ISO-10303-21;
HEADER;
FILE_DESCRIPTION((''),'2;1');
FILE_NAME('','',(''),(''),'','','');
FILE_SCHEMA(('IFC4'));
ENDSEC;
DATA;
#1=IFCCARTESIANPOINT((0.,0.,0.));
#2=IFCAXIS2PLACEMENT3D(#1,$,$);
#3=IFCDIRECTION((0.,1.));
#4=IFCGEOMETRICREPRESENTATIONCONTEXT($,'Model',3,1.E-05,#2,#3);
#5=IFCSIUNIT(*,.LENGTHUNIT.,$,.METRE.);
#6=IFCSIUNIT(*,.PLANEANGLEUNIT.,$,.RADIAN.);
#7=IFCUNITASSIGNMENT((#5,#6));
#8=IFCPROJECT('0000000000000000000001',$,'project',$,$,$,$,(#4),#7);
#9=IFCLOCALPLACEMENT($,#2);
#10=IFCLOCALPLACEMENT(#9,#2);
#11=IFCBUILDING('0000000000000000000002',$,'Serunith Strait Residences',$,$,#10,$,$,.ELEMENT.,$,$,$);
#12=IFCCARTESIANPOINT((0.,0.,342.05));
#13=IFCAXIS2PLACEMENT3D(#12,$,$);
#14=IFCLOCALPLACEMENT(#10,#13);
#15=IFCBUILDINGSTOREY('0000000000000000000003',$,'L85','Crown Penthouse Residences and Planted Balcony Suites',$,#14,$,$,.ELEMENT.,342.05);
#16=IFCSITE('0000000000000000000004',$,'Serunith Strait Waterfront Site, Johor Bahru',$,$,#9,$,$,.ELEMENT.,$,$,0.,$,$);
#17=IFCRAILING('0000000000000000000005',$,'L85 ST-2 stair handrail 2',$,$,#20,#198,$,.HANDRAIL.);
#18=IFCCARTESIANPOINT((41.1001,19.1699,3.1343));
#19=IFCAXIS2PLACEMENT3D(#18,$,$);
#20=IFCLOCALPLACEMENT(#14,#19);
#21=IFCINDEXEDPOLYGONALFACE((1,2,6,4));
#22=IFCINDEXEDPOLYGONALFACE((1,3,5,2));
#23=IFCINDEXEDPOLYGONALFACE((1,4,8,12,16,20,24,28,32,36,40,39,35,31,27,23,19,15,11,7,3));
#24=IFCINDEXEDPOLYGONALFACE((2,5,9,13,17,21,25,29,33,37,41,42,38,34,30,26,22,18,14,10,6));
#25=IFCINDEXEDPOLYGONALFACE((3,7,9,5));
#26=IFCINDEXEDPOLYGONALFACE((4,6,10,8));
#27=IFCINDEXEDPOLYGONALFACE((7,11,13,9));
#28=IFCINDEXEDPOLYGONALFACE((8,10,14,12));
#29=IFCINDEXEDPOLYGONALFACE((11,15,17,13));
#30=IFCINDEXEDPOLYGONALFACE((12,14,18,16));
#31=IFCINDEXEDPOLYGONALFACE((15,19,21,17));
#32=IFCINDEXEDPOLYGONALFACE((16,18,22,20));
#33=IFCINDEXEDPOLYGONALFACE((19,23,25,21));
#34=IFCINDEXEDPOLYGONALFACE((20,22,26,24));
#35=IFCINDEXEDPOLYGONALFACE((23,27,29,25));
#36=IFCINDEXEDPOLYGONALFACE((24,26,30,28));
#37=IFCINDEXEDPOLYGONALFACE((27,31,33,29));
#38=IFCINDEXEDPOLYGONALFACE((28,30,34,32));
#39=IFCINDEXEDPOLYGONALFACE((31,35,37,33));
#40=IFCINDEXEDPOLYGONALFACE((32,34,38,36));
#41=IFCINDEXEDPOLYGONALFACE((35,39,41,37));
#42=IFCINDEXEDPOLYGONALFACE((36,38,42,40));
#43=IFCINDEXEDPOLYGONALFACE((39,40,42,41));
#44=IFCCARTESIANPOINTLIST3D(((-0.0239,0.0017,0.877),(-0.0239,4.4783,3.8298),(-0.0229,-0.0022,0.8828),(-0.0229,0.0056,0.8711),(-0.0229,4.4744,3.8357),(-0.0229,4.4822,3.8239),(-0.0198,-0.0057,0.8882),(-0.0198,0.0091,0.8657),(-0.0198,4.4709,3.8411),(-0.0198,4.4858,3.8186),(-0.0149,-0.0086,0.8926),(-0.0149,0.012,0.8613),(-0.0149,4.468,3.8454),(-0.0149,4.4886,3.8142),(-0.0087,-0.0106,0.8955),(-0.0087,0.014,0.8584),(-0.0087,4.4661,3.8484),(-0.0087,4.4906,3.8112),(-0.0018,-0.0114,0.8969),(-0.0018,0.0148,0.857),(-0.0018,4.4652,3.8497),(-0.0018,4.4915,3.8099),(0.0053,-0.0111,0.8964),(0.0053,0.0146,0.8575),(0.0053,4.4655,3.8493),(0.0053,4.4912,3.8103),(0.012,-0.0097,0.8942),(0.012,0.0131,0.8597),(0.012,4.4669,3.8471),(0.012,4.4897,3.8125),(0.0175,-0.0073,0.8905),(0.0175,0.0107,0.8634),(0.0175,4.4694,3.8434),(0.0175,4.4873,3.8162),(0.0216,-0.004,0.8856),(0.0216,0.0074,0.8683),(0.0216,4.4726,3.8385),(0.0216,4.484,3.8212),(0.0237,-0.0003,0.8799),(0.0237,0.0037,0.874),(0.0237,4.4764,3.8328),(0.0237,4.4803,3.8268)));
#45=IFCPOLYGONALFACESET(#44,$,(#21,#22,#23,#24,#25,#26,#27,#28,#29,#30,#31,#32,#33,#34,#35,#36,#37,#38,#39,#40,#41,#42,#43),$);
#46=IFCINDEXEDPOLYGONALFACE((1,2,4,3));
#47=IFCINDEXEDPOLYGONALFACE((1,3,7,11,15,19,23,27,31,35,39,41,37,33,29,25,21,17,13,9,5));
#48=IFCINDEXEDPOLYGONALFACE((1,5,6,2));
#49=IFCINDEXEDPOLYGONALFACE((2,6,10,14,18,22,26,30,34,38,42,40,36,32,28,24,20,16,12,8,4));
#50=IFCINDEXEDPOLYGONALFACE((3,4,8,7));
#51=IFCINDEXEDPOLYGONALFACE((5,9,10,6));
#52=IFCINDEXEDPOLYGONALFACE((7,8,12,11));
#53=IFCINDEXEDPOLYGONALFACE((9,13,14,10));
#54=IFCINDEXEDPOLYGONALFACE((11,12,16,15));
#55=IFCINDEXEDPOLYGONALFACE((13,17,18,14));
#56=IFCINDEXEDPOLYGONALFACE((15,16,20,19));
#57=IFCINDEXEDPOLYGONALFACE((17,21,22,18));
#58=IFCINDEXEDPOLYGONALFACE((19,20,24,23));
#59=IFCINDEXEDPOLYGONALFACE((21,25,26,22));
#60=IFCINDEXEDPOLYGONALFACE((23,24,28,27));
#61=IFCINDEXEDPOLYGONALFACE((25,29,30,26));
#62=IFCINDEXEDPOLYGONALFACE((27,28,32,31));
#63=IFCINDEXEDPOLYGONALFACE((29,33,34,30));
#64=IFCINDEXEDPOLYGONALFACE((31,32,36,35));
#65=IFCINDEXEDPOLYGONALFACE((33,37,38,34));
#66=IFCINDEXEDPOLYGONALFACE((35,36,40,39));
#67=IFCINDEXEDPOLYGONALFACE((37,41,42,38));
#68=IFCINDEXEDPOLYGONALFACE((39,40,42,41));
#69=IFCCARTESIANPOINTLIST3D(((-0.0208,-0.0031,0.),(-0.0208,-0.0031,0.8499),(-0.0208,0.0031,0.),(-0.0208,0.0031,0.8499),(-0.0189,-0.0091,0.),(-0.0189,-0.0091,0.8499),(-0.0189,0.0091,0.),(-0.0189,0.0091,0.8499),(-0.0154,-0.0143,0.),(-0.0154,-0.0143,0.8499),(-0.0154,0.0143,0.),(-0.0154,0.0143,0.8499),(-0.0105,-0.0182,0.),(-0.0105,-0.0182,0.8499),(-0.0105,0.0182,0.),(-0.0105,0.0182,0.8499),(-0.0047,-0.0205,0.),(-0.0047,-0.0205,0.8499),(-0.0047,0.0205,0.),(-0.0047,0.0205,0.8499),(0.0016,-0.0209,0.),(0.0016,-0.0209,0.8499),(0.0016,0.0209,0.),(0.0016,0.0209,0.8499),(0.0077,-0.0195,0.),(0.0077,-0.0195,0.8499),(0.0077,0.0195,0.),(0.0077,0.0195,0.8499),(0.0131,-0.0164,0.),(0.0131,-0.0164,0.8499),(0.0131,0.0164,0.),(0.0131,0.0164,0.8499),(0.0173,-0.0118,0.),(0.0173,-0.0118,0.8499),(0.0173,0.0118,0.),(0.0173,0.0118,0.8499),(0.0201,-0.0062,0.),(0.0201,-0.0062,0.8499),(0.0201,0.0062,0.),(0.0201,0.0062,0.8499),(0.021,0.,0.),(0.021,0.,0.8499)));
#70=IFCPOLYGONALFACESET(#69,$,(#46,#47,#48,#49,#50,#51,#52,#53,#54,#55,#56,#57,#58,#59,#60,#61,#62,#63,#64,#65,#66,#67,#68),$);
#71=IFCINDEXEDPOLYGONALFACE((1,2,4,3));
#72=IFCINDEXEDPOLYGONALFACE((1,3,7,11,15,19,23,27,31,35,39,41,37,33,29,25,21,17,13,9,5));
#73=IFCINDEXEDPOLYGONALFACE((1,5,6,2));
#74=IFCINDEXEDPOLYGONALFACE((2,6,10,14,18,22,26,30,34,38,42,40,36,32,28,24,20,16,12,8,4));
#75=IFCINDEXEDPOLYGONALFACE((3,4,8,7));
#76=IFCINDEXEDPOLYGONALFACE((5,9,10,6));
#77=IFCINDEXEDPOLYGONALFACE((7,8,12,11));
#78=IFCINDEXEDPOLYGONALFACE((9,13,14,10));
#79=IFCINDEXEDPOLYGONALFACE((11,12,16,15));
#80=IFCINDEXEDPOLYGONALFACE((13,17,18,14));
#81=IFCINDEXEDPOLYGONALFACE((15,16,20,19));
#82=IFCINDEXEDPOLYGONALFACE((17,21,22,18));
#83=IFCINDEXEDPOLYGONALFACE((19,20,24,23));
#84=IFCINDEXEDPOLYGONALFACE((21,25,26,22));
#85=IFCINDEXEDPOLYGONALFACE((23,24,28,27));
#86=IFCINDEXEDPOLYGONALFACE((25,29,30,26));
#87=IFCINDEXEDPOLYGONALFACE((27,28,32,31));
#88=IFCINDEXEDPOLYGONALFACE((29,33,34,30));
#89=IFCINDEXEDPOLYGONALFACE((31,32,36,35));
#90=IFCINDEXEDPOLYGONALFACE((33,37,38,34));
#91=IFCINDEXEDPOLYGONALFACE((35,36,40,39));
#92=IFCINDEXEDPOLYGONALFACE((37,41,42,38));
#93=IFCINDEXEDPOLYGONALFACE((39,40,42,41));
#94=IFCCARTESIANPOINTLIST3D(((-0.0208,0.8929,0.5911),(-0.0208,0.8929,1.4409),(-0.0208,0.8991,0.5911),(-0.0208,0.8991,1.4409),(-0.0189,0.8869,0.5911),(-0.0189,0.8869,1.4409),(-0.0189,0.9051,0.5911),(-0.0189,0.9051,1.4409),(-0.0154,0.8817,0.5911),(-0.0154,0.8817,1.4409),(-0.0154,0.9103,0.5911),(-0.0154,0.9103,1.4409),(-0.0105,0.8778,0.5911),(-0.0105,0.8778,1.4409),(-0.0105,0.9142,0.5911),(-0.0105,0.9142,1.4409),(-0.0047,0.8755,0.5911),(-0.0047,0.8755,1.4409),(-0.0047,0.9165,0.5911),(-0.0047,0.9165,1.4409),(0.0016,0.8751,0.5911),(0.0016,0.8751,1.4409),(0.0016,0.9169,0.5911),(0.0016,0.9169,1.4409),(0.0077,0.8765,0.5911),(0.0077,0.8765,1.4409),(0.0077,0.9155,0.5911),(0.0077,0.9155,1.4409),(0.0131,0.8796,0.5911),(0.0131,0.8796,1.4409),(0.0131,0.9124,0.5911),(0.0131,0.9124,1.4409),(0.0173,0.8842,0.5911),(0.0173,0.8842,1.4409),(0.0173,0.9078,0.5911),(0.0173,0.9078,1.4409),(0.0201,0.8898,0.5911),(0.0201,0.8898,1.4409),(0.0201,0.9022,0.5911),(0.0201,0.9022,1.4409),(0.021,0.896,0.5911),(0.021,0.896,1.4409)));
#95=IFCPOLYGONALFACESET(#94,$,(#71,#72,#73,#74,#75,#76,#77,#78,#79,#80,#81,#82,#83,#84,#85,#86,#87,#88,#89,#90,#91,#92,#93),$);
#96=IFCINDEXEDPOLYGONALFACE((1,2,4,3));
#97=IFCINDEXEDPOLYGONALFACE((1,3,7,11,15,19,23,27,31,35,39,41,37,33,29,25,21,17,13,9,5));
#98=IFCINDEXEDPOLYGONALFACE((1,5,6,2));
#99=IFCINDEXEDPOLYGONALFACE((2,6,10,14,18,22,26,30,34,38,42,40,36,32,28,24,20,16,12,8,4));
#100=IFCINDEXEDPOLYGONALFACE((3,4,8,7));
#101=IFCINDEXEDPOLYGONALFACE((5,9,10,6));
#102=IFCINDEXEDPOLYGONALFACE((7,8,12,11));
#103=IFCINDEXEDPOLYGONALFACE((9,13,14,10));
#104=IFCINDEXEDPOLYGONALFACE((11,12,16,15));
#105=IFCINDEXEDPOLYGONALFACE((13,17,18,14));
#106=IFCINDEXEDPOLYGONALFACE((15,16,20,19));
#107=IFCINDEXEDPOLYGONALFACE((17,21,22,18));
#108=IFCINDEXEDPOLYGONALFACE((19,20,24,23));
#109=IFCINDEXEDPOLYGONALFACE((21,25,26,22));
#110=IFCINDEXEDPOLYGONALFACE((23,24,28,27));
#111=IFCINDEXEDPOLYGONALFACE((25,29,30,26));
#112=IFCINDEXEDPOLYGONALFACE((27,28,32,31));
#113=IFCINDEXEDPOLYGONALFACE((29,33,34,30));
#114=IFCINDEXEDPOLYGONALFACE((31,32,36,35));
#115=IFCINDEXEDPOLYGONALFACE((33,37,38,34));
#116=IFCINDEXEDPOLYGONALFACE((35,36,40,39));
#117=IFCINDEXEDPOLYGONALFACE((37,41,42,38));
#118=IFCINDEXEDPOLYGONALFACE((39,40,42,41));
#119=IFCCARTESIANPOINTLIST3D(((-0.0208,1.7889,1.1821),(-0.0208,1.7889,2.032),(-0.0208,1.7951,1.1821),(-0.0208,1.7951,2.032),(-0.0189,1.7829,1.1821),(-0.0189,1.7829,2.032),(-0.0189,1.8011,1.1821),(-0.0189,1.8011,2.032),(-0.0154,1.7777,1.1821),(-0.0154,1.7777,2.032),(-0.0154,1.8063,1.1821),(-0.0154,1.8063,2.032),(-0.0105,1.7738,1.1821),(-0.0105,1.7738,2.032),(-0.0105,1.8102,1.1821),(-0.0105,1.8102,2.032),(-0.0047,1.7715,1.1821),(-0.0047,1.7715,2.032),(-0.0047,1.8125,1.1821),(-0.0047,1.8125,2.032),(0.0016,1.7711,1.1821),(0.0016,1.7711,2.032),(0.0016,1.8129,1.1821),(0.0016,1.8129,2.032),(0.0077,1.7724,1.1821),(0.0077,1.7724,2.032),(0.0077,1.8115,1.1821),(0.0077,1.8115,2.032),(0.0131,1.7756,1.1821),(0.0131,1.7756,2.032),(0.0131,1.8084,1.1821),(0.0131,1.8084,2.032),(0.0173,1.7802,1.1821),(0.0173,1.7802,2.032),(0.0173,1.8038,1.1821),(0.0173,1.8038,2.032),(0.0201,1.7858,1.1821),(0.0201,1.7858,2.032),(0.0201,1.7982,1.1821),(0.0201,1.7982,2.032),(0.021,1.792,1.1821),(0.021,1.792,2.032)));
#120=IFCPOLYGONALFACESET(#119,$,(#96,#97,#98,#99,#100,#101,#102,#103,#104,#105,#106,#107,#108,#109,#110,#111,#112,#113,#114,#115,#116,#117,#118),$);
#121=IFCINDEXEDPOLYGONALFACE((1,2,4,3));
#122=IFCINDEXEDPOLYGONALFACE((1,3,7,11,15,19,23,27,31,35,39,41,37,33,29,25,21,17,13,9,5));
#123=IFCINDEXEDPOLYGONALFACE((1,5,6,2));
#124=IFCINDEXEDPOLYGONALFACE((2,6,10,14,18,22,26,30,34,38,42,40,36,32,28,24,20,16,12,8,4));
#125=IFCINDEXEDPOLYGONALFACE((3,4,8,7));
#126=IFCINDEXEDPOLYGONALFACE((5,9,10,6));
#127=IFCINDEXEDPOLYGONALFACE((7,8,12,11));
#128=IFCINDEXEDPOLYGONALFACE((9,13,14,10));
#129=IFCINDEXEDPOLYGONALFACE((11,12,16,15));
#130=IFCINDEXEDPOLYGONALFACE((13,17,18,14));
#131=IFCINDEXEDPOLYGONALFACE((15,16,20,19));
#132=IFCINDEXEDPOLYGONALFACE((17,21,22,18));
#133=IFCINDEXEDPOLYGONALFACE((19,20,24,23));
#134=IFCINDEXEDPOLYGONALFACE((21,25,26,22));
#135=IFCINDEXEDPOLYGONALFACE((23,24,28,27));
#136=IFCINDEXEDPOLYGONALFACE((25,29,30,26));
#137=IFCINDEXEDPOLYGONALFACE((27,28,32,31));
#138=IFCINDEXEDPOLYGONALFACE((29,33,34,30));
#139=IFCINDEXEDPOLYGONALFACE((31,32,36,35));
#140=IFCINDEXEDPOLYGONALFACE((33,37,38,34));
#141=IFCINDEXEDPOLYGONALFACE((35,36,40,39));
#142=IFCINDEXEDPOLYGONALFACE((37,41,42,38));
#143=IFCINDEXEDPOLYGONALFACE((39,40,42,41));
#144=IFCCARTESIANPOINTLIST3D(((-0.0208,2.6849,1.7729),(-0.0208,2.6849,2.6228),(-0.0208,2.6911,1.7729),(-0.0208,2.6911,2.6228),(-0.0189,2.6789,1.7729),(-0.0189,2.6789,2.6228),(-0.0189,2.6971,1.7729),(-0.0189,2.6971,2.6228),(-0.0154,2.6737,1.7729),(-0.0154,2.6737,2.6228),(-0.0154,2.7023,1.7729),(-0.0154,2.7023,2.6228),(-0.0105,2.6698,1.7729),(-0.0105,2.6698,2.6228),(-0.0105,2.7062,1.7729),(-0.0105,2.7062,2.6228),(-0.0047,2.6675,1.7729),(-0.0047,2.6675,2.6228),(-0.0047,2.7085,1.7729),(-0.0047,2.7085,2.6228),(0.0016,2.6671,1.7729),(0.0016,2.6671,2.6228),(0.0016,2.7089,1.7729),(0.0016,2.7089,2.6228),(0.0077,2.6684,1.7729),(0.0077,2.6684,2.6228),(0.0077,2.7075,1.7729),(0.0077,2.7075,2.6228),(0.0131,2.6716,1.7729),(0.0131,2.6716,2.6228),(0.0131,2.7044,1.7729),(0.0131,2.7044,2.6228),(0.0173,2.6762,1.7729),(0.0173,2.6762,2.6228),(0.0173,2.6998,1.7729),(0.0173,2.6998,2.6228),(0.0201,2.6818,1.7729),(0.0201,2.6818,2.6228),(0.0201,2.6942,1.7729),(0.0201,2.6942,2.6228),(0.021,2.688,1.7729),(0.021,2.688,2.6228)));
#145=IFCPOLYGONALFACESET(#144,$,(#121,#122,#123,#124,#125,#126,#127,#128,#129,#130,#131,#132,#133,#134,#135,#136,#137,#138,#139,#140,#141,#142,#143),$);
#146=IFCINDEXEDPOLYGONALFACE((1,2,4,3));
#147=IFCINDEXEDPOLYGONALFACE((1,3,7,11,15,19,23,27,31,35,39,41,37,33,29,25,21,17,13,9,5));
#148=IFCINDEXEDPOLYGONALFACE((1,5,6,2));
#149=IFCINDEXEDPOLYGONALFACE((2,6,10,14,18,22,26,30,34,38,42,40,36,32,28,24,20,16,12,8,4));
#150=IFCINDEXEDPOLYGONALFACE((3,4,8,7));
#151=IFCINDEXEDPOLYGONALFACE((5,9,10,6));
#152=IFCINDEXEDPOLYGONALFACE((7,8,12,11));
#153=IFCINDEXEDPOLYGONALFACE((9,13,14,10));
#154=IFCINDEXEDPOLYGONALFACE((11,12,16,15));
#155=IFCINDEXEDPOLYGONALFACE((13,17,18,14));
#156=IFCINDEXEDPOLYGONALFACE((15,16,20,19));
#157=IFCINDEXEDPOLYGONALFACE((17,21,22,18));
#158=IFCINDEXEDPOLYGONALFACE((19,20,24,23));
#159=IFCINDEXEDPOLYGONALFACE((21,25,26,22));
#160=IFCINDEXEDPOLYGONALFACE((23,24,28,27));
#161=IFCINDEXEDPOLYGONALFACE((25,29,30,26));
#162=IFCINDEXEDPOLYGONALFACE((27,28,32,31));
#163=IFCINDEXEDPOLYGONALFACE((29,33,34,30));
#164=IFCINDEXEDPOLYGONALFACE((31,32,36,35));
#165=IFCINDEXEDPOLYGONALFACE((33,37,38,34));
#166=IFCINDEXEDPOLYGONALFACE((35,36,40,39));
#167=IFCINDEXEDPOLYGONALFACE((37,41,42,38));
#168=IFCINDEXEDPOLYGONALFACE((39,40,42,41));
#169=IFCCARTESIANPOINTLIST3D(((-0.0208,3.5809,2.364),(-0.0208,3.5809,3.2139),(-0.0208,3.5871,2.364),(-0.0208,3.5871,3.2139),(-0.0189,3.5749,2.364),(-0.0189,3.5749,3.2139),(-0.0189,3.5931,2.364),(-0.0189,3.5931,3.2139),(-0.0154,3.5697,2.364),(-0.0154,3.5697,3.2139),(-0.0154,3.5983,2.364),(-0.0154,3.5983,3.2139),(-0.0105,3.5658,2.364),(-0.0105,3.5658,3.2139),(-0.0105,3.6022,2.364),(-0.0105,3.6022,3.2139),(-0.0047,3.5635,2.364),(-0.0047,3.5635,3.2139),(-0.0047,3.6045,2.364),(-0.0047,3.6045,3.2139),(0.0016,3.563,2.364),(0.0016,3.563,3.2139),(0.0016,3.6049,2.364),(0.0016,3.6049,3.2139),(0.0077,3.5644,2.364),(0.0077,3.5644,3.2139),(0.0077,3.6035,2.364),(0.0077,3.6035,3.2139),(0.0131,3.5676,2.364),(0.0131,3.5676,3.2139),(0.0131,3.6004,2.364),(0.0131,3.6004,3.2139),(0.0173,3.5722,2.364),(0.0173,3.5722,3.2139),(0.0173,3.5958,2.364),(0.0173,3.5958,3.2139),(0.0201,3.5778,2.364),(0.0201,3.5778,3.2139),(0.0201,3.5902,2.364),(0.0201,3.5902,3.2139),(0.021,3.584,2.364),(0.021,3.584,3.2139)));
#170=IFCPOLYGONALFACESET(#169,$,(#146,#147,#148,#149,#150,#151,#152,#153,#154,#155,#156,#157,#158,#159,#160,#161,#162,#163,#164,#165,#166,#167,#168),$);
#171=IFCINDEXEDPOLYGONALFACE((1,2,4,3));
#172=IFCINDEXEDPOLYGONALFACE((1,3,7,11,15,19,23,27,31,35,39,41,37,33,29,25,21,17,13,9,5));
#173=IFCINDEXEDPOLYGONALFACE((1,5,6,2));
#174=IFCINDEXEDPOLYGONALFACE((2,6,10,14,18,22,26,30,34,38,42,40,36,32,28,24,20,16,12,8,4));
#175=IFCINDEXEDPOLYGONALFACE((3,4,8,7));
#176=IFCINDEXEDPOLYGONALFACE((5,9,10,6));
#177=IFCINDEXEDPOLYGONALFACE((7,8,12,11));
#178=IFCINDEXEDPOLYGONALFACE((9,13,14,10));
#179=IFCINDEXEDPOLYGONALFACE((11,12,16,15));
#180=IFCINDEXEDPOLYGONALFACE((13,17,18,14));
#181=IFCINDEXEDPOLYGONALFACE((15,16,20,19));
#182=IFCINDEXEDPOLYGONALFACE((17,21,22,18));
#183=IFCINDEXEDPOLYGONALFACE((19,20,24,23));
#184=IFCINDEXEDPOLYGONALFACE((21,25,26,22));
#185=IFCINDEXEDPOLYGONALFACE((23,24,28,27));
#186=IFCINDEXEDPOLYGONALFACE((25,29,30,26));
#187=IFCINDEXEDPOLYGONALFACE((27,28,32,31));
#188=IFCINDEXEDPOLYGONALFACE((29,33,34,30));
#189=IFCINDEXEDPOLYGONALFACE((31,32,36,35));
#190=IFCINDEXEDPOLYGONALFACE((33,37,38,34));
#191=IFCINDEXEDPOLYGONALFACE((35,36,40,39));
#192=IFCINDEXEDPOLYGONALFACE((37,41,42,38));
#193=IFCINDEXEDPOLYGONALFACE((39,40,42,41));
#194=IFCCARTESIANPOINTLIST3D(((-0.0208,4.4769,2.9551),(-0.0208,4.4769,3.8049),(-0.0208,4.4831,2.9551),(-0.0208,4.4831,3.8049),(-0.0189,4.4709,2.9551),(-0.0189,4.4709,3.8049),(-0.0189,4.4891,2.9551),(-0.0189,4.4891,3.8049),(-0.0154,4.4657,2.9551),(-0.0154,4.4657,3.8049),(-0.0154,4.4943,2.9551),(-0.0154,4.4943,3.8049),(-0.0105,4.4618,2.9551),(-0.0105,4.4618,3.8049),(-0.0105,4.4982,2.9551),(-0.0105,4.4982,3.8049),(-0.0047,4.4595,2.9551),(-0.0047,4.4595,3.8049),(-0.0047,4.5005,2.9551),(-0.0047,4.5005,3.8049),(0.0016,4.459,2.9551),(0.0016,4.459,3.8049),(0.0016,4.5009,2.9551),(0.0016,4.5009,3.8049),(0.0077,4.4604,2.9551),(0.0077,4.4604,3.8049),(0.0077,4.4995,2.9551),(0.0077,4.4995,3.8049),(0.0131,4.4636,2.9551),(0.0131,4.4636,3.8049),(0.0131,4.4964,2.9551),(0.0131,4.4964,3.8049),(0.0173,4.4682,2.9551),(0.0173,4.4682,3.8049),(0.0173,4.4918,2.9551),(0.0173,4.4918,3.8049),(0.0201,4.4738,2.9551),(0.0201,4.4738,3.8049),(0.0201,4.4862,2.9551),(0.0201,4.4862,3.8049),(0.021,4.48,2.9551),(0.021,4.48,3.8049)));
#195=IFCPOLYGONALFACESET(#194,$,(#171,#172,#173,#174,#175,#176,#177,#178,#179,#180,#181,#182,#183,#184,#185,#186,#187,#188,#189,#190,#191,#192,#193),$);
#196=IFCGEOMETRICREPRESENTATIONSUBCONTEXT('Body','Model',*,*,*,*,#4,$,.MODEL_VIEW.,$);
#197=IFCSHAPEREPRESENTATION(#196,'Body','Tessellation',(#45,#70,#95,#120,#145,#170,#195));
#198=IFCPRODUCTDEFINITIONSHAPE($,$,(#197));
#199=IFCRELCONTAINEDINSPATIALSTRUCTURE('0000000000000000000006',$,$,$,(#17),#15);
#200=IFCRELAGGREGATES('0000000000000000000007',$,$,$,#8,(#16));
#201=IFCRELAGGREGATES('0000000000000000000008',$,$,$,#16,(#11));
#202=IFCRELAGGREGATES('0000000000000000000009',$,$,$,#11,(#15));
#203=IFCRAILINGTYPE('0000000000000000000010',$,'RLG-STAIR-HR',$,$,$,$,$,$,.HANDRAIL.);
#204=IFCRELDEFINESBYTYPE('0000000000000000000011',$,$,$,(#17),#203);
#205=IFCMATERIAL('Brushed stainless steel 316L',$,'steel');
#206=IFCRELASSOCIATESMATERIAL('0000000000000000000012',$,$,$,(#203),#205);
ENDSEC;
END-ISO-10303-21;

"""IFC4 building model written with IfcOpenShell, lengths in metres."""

from ifc_helpers import new_model, si_unit, direction, frame, origin, origin_2d, place, context, subcontext, project, spatial, circle, extrude, material, type_object, element, save


model = new_model("IFC4")

# Units and contexts
model_context = context("Model", 3, precision=1e-05, world=origin(), true_north=direction((0.0, 1.0)))
body_context = subcontext(model_context, "Body", "Model", "MODEL_VIEW")
ifc_project = project(units=[si_unit("LENGTHUNIT", "METRE"), si_unit("PLANEANGLEUNIT", "RADIAN")], contexts=[model_context])

# Site, building, storey
site_placement = place(None, origin())
site = spatial("IfcSite", under=ifc_project, at=site_placement, Name="Serunith Strait Waterfront Site, Johor Bahru", CompositionType="ELEMENT", RefElevation=0.0)
building_placement = place(site_placement, origin())
building = spatial("IfcBuilding", under=site, at=building_placement, Name="Serunith Strait Residences", CompositionType="ELEMENT")
storey_placement = place(building_placement, frame((0.0, 0.0, 342.05)))
storey = spatial("IfcBuildingStorey", under=building, at=storey_placement, Name="L85", Description="Crown Penthouse Residences and Planted Balcony Suites", CompositionType="ELEMENT", Elevation=342.05)

# Railing
ifc_material_1 = material(Name="Brushed stainless steel 316L", Category="steel")
railing_type_1 = type_object("IfcRailingType", Name="RLG-STAIR-HR", PredefinedType="HANDRAIL", material=ifc_material_1)
railing_1_placement = place(storey_placement, frame((41.1001, 19.1699, 3.1343)))
element("IfcRailing", 1, at=railing_1_placement, inside=storey, type_object=railing_type_1, Name="L85 ST-2 stair handrail 2", PredefinedType="HANDRAIL", context=body_context, shape_type="SweptSolid", body=[
    extrude(circle(Radius=0.0239, at=origin_2d()), frame((0.0, 0.0017, 0.877), z_axis=(0.0, 0.834756, 0.55062), x_axis=(-1.0, 0.0, 0.0)), (0.0, 0.0, 1.0), 5.3628),
    extrude(circle(Radius=0.021, at=origin_2d()), origin(), (0.0, 0.0, 1.0), 0.8499),
    extrude(circle(Radius=0.021, at=origin_2d()), frame((0.0, 0.896, 0.5911)), (0.0, 0.0, 1.0), 0.8499),
    extrude(circle(Radius=0.021, at=origin_2d()), frame((0.0, 1.792, 1.1821)), (0.0, 0.0, 1.0), 0.8499),
    extrude(circle(Radius=0.021, at=origin_2d()), frame((0.0, 2.688, 1.7729)), (0.0, 0.0, 1.0), 0.8499),
    extrude(circle(Radius=0.021, at=origin_2d()), frame((0.0, 3.584, 2.364)), (0.0, 0.0, 1.0), 0.8499),
    extrude(circle(Radius=0.021, at=origin_2d()), frame((0.0, 4.48, 2.9551)), (0.0, 0.0, 1.0), 0.8499),
])

save(model, "model.ifc")
